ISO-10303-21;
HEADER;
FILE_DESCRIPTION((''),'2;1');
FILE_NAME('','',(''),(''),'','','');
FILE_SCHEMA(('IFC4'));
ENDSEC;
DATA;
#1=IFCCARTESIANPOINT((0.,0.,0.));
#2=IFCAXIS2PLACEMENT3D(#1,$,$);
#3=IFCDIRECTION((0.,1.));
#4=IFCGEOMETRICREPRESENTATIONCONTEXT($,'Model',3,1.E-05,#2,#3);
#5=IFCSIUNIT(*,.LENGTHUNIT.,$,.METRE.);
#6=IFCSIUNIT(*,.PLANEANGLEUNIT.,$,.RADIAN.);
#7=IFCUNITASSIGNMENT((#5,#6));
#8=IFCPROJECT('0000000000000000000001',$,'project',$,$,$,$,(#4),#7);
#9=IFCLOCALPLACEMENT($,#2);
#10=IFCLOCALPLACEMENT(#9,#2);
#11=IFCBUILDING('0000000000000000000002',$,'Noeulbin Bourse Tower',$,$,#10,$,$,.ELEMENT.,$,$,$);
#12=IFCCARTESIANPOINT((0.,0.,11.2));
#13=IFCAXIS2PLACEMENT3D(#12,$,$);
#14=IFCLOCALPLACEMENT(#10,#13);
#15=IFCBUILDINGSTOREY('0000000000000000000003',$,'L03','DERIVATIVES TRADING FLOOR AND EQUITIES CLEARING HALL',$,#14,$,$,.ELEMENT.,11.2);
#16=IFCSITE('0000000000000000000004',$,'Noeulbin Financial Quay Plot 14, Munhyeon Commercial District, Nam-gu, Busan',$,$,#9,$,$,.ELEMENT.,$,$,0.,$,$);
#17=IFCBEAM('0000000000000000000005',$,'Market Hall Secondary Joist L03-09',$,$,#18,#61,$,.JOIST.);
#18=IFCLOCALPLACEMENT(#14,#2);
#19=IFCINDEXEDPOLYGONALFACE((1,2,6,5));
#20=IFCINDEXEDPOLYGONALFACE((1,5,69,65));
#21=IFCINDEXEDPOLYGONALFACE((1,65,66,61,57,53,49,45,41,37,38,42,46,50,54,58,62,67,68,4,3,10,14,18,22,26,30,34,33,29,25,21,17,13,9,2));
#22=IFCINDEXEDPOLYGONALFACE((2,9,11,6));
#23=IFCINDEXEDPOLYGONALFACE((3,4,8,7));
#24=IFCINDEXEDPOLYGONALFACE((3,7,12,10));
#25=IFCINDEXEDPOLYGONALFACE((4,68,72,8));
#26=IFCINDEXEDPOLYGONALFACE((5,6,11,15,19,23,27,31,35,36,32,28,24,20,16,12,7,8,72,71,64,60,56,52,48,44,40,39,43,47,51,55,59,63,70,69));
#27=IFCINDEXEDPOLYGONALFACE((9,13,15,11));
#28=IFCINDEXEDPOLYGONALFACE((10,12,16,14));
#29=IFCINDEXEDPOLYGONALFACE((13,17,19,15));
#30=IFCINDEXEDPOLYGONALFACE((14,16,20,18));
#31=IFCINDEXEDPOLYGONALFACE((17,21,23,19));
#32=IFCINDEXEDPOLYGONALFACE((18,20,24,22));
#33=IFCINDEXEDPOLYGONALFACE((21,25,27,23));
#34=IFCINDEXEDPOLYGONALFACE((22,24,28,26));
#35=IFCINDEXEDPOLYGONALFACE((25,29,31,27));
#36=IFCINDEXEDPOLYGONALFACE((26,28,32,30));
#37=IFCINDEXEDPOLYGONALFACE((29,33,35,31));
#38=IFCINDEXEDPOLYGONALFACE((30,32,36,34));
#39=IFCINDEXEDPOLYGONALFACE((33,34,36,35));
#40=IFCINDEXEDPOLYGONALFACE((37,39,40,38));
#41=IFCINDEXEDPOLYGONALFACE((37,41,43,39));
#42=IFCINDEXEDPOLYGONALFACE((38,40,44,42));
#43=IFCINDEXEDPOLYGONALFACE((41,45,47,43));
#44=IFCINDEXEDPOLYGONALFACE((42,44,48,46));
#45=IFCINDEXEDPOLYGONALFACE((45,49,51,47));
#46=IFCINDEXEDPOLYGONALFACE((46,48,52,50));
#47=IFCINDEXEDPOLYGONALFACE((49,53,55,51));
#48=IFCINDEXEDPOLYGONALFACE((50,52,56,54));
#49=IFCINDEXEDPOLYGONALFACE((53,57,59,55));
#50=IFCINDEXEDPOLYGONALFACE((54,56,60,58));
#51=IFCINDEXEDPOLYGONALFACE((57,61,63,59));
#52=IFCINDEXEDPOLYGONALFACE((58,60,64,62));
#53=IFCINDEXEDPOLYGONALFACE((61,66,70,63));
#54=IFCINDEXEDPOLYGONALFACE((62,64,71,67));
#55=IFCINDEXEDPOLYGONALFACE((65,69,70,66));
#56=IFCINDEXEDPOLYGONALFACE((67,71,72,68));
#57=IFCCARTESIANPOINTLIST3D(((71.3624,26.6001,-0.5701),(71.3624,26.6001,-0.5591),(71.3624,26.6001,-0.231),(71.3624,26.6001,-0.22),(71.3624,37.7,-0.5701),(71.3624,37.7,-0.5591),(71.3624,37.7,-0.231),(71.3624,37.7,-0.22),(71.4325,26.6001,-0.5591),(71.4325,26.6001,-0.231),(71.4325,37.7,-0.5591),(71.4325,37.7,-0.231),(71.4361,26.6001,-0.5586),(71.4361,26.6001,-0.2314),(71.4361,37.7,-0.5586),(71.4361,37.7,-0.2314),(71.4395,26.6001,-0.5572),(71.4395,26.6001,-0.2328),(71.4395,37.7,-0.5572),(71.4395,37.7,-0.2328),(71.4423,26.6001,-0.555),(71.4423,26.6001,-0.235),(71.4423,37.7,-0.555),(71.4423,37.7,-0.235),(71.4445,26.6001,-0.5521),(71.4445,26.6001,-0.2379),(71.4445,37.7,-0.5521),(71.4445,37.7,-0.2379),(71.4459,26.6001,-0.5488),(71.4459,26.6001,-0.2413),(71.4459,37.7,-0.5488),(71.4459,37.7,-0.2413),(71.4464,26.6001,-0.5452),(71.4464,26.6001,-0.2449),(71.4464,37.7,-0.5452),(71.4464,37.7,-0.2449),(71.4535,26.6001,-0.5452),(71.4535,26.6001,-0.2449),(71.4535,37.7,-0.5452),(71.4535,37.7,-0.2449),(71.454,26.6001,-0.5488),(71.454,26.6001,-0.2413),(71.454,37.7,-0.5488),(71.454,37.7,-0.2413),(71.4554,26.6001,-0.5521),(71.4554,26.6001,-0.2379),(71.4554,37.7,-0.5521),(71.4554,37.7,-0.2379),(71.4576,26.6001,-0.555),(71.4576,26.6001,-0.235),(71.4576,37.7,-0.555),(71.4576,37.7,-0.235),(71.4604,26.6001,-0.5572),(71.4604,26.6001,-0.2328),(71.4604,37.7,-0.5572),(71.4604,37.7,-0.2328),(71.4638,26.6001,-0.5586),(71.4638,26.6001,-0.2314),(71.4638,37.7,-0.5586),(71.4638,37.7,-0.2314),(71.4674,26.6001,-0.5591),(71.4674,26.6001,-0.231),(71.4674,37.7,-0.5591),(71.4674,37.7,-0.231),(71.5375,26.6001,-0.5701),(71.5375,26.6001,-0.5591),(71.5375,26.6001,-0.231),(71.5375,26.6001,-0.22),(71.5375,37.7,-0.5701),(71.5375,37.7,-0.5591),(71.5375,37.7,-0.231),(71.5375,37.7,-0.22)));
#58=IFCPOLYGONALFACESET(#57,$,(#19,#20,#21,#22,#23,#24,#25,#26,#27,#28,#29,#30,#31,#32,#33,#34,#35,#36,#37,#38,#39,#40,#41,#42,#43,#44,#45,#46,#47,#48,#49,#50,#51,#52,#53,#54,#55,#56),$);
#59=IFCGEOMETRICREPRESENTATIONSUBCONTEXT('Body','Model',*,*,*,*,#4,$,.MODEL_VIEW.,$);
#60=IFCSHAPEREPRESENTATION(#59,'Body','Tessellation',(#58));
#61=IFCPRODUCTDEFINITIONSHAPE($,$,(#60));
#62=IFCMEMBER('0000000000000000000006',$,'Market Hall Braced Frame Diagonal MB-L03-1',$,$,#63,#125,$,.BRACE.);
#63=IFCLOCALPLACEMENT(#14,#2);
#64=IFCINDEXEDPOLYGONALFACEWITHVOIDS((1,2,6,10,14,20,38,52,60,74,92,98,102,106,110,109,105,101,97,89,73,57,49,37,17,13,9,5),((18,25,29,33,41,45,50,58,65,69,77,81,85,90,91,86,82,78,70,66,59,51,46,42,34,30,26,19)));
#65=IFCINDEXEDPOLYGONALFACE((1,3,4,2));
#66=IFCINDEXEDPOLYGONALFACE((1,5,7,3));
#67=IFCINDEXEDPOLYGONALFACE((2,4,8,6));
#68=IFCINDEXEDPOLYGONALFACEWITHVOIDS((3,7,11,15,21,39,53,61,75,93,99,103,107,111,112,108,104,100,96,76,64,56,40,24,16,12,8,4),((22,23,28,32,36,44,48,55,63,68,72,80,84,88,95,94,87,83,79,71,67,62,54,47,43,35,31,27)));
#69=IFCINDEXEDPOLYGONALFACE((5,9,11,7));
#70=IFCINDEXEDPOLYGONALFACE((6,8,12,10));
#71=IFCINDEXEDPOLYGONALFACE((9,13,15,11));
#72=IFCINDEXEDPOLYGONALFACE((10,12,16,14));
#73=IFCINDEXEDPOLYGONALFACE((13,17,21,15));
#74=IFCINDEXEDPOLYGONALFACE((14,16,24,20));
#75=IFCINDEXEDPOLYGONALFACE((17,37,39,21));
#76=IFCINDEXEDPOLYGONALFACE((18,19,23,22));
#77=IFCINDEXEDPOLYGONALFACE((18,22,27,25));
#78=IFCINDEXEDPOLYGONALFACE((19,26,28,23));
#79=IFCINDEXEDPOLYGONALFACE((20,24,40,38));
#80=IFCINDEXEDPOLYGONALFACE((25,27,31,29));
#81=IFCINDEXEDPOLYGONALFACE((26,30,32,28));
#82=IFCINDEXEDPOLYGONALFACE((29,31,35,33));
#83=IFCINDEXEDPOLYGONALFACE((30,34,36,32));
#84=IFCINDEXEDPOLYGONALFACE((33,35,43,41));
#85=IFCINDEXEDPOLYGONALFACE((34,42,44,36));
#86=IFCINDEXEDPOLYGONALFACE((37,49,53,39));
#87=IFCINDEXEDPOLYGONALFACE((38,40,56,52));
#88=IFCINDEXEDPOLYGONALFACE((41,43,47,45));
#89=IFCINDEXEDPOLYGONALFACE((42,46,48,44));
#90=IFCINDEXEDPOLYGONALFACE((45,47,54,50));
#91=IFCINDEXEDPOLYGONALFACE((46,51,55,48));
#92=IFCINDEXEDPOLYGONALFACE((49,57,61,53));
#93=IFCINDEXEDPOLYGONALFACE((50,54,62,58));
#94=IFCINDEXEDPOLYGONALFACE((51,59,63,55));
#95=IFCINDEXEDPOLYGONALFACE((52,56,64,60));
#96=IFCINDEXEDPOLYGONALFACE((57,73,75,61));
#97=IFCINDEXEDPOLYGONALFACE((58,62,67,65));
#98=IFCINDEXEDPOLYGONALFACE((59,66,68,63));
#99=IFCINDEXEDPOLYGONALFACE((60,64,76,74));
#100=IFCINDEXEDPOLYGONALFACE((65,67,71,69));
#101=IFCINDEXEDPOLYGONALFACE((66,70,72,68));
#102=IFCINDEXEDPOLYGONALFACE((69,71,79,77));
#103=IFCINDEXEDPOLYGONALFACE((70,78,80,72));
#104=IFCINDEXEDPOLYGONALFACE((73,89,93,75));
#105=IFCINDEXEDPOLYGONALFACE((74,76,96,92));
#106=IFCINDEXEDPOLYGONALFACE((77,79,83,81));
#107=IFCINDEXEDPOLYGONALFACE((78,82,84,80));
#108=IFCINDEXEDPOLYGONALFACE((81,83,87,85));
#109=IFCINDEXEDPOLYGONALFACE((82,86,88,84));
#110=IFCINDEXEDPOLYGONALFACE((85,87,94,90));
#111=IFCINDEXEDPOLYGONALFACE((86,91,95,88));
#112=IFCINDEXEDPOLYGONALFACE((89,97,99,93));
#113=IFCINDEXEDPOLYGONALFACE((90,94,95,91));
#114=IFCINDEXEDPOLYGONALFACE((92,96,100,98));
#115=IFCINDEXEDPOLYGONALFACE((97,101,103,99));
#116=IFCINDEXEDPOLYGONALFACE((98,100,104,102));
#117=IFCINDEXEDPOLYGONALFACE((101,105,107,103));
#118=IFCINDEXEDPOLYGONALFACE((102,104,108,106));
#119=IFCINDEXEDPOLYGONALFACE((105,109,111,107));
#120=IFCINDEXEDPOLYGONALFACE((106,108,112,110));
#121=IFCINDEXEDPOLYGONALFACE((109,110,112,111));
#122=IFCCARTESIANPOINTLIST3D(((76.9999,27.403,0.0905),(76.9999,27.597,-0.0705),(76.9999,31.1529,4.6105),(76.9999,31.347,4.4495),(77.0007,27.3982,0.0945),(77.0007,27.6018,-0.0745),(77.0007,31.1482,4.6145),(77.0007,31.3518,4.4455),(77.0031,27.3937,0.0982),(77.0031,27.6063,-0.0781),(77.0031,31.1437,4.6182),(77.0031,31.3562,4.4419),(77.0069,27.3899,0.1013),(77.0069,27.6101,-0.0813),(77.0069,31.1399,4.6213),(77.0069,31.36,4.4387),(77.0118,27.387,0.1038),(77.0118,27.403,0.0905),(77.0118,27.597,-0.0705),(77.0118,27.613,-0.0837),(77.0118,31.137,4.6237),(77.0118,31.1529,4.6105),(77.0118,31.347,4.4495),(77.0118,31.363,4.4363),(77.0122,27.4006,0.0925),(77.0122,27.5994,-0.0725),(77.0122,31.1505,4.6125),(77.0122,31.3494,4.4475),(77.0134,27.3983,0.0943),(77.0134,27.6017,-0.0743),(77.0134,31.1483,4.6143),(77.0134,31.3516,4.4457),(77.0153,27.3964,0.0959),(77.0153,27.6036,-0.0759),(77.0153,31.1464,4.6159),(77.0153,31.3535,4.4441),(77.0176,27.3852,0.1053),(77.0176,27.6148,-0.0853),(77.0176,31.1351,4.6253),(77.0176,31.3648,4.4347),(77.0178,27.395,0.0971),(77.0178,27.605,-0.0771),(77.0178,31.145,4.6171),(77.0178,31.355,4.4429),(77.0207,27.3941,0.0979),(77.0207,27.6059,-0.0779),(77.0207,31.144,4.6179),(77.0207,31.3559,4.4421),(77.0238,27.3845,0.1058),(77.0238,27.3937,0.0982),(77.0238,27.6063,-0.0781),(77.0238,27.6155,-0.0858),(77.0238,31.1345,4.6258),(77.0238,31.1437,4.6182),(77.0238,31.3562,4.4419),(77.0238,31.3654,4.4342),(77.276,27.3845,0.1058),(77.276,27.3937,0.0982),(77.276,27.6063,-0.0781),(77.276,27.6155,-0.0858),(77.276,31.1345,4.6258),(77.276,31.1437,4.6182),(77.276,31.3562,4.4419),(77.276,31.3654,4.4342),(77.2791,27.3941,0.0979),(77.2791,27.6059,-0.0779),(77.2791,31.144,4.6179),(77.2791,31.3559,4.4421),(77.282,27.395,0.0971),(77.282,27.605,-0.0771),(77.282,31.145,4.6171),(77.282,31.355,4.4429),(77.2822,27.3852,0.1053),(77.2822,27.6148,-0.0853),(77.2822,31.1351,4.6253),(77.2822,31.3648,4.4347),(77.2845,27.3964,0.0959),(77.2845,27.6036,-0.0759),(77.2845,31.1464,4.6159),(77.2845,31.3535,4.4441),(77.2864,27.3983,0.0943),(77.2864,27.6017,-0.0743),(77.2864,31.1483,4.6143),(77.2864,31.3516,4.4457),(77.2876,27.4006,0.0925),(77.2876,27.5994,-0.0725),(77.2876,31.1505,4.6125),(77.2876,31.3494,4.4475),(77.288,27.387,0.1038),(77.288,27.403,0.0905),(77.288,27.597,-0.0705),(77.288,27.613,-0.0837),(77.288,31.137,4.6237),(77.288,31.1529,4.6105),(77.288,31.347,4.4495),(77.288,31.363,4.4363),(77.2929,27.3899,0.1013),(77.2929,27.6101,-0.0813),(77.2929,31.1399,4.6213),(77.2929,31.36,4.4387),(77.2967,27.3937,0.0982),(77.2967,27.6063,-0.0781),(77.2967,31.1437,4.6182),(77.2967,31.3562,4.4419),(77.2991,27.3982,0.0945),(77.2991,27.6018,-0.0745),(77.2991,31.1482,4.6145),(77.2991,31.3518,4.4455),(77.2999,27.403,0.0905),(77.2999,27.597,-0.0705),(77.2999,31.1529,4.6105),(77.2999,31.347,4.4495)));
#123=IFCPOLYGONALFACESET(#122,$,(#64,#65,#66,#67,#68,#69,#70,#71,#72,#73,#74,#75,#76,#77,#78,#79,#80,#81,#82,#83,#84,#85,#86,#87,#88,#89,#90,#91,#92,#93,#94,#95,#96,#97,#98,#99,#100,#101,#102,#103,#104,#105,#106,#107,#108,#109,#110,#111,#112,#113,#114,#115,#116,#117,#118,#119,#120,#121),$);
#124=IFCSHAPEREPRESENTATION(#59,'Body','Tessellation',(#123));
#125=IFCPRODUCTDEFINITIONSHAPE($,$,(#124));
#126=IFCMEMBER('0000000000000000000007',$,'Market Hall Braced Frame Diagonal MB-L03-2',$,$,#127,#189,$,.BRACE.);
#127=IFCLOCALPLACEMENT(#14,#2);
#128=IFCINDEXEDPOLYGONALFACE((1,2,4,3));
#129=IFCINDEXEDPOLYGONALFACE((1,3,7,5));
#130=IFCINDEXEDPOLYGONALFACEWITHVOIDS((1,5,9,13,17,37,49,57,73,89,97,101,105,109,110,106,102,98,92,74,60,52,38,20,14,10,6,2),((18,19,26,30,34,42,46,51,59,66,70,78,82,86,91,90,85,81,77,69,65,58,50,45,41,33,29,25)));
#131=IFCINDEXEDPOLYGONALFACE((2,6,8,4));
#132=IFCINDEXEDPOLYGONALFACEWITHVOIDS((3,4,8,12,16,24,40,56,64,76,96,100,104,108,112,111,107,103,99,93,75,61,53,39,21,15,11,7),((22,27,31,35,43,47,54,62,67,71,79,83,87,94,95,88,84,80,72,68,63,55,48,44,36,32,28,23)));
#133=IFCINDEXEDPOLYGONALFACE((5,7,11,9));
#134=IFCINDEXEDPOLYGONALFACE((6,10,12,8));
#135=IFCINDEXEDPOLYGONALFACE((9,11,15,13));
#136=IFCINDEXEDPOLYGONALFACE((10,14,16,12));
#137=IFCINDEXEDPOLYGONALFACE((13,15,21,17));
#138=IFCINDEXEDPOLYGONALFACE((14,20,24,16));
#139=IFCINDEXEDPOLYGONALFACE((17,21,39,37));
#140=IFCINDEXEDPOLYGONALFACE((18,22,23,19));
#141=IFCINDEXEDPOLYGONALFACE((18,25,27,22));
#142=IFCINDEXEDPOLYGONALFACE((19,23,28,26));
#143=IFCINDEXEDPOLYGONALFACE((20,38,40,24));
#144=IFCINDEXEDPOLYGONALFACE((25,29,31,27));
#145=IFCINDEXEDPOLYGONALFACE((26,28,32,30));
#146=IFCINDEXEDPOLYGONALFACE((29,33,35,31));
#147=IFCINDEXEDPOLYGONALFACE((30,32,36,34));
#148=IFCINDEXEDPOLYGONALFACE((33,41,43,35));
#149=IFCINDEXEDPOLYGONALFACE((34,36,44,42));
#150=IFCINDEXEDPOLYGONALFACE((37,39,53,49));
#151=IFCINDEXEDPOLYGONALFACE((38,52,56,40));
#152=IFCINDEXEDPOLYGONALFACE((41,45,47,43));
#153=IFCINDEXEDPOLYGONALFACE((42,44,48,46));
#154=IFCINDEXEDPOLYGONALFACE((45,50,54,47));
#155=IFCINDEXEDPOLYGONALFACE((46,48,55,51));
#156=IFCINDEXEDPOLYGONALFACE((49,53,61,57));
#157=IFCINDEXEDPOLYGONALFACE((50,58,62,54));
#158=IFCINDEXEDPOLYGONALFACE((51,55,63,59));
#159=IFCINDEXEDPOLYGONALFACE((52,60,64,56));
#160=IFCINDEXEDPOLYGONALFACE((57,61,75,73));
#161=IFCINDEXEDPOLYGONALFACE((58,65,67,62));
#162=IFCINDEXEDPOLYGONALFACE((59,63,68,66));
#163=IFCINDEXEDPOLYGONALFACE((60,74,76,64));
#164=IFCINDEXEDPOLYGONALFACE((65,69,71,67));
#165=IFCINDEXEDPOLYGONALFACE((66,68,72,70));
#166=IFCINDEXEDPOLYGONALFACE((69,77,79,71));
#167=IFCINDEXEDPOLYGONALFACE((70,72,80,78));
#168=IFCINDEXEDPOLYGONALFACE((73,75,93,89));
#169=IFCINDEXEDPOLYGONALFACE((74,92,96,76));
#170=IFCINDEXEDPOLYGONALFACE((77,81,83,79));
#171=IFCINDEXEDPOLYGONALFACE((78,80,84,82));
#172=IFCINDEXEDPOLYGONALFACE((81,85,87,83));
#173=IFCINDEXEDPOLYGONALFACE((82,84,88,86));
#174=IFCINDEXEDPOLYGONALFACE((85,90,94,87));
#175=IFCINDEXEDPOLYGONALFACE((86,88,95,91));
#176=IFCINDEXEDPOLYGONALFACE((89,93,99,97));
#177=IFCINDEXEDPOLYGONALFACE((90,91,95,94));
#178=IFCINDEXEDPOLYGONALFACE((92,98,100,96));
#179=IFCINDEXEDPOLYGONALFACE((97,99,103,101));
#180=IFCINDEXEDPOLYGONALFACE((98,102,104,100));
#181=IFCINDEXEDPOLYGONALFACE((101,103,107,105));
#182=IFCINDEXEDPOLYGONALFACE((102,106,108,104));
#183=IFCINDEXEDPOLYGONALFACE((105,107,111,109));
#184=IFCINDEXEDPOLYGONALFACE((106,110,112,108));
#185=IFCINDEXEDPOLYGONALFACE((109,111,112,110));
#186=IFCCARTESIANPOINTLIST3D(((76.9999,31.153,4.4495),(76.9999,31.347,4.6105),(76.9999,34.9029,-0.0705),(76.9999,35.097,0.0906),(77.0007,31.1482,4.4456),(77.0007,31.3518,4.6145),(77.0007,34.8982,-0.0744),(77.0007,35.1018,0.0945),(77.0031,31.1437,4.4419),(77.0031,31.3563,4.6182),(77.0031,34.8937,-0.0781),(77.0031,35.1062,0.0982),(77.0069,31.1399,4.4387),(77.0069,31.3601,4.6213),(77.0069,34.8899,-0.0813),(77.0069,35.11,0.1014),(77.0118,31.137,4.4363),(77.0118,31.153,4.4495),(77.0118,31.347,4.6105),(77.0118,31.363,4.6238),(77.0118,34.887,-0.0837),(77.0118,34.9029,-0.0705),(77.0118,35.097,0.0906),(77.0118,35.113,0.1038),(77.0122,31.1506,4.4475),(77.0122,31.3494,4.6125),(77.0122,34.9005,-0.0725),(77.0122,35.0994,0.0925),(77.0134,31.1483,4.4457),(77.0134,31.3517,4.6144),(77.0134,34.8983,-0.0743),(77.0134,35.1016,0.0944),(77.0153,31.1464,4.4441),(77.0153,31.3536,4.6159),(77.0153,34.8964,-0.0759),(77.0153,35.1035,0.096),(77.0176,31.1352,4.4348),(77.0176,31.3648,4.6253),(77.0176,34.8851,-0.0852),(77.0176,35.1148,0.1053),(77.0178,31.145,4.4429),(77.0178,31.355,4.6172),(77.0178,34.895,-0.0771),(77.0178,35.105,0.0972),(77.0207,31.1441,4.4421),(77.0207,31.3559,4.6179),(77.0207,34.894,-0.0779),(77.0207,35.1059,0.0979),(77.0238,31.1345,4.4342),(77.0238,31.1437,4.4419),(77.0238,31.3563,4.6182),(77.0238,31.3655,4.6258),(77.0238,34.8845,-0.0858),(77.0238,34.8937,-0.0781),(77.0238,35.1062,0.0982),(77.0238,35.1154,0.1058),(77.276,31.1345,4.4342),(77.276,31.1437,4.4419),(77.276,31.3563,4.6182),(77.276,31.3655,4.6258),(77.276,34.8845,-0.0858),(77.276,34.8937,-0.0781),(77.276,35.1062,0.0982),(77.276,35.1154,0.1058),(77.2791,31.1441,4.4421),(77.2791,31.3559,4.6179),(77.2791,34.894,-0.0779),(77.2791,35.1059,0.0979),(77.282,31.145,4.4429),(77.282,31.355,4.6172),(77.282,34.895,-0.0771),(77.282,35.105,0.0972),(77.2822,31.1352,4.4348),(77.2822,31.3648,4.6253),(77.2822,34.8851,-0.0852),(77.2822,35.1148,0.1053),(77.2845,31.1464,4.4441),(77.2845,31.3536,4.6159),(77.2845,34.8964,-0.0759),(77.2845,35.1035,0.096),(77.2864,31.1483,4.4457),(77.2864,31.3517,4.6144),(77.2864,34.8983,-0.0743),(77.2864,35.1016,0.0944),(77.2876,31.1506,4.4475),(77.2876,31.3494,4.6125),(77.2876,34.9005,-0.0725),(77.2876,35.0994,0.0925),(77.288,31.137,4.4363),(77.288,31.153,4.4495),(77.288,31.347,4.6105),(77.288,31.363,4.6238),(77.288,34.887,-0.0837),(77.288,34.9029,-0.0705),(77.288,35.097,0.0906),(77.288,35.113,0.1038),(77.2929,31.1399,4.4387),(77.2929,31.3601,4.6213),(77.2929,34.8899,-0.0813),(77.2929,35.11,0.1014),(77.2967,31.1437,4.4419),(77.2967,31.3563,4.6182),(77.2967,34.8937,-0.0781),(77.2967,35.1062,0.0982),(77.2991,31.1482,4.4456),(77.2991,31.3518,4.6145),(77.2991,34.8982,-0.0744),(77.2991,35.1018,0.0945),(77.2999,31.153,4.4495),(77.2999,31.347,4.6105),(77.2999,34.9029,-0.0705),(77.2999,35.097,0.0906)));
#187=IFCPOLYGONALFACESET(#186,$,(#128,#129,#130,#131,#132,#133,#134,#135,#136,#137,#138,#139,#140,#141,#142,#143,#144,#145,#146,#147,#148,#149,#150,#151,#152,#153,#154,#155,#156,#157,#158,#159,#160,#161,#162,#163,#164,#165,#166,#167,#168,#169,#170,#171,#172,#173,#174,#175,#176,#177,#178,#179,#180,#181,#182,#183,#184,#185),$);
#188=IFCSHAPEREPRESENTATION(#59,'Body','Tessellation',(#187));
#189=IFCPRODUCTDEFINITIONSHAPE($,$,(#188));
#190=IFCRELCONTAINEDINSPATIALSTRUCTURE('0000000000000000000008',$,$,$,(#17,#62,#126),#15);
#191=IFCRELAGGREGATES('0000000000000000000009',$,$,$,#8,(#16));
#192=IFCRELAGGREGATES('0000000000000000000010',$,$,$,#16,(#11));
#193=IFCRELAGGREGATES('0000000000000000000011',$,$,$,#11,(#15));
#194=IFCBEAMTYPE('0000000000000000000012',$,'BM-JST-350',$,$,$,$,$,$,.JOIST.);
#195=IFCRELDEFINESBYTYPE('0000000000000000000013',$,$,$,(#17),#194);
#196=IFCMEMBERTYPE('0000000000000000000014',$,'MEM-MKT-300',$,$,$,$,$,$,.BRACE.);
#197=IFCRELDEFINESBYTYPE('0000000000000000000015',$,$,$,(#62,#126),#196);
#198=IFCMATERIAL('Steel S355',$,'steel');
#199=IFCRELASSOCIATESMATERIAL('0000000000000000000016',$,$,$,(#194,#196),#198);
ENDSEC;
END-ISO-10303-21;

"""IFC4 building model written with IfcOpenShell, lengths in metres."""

from ifc_helpers import new_model, si_unit, direction, frame, origin, origin_2d, place, context, subcontext, project, spatial, hollow_rectangle, i_section, extrude, material, material_profile, profile_set, type_object, element, save


model = new_model("IFC4")

# Units and contexts
model_context = context("Model", 3, precision=1e-05, world=origin(), true_north=direction((0.0, 1.0)))
body_context = subcontext(model_context, "Body", "Model", "MODEL_VIEW")
ifc_project = project(units=[si_unit("LENGTHUNIT", "METRE"), si_unit("PLANEANGLEUNIT", "RADIAN")], contexts=[model_context])

# Site, building, storey
site_placement = place(None, origin())
site = spatial("IfcSite", under=ifc_project, at=site_placement, Name="Noeulbin Financial Quay Plot 14, Munhyeon Commercial District, Nam-gu, Busan", CompositionType="ELEMENT", RefElevation=0.0)
building_placement = place(site_placement, origin())
building = spatial("IfcBuilding", under=site, at=building_placement, Name="Noeulbin Bourse Tower", CompositionType="ELEMENT")
storey_placement = place(building_placement, frame((0.0, 0.0, 11.2)))
storey = spatial("IfcBuildingStorey", under=building, at=storey_placement, Name="L03", Description="DERIVATIVES TRADING FLOOR AND EQUITIES CLEARING HALL", CompositionType="ELEMENT", Elevation=11.2)

# Shared definitions
ifc_material_1 = material(Name="Steel S355", Category="steel")

# Beam
ifc_material_profile_1 = material_profile(ifc_material_1, i_section(OverallWidth=0.175, OverallDepth=0.3501, WebThickness=0.0071, FlangeThickness=0.011, FilletRadius=0.0139, at=origin_2d()), Name="H-350x175x7x11", Category="LoadBearing")
ifc_profile_set_1 = profile_set([ifc_material_profile_1], Name="Steel S355")
beam_type_1 = type_object("IfcBeamType", Name="BM-JST-350", PredefinedType="JOIST", material=ifc_profile_set_1)
for number, where, z_axis, x_axis, name in (
    (1, (71.45, 26.6001, -0.395), (0.0, 1.0, 0.0), (-1.0, 0.0, 0.0), "Market Hall Secondary Joist L03-09"),
):
    element("IfcBeam", number, at=place(storey_placement, frame(where, z_axis=z_axis, x_axis=x_axis)), inside=storey, type_object=beam_type_1, Name=name, PredefinedType="JOIST", context=body_context, shape_type="SweptSolid", body=[
        extrude(i_section(OverallWidth=0.175, OverallDepth=0.3501, WebThickness=0.0071, FlangeThickness=0.011, FilletRadius=0.0139, at=origin_2d()), origin(), (0.0, 0.0, 1.0), 11.0999),
    ])

# Members
ifc_material_profile_2 = material_profile(ifc_material_1, hollow_rectangle(XDim=0.3, YDim=0.3, WallThickness=0.012, InnerFilletRadius=0.012, OuterFilletRadius=0.0239, at=origin_2d()), Name="SHS-300x300x12", Category="LoadBearing")
ifc_profile_set_2 = profile_set([ifc_material_profile_2], Name="Steel S355")
member_type = type_object("IfcMemberType", Name="MEM-MKT-300", PredefinedType="BRACE", material=ifc_profile_set_2)
for number, where, z_axis, x_axis, name in (
    (2, (77.1499, 27.5, 0.01), (0.0, 0.638506, 0.769616), (-1.0, 0.0, 0.0), "Market Hall Braced Frame Diagonal MB-L03-1"),
    (3, (77.1499, 31.25, 4.53), (0.0, 0.638506, -0.769616), (-1.0, 0.0, 0.0), "Market Hall Braced Frame Diagonal MB-L03-2"),
):
    element("IfcMember", number, at=place(storey_placement, frame(where, z_axis=z_axis, x_axis=x_axis)), inside=storey, type_object=member_type, Name=name, PredefinedType="BRACE", context=body_context, shape_type="SweptSolid", body=[
        extrude(hollow_rectangle(XDim=0.3, YDim=0.3, WallThickness=0.012, InnerFilletRadius=0.012, OuterFilletRadius=0.0239, at=origin_2d()), origin(), (0.0, 0.0, 1.0), 5.873),
    ])

save(model, "model.ifc")
